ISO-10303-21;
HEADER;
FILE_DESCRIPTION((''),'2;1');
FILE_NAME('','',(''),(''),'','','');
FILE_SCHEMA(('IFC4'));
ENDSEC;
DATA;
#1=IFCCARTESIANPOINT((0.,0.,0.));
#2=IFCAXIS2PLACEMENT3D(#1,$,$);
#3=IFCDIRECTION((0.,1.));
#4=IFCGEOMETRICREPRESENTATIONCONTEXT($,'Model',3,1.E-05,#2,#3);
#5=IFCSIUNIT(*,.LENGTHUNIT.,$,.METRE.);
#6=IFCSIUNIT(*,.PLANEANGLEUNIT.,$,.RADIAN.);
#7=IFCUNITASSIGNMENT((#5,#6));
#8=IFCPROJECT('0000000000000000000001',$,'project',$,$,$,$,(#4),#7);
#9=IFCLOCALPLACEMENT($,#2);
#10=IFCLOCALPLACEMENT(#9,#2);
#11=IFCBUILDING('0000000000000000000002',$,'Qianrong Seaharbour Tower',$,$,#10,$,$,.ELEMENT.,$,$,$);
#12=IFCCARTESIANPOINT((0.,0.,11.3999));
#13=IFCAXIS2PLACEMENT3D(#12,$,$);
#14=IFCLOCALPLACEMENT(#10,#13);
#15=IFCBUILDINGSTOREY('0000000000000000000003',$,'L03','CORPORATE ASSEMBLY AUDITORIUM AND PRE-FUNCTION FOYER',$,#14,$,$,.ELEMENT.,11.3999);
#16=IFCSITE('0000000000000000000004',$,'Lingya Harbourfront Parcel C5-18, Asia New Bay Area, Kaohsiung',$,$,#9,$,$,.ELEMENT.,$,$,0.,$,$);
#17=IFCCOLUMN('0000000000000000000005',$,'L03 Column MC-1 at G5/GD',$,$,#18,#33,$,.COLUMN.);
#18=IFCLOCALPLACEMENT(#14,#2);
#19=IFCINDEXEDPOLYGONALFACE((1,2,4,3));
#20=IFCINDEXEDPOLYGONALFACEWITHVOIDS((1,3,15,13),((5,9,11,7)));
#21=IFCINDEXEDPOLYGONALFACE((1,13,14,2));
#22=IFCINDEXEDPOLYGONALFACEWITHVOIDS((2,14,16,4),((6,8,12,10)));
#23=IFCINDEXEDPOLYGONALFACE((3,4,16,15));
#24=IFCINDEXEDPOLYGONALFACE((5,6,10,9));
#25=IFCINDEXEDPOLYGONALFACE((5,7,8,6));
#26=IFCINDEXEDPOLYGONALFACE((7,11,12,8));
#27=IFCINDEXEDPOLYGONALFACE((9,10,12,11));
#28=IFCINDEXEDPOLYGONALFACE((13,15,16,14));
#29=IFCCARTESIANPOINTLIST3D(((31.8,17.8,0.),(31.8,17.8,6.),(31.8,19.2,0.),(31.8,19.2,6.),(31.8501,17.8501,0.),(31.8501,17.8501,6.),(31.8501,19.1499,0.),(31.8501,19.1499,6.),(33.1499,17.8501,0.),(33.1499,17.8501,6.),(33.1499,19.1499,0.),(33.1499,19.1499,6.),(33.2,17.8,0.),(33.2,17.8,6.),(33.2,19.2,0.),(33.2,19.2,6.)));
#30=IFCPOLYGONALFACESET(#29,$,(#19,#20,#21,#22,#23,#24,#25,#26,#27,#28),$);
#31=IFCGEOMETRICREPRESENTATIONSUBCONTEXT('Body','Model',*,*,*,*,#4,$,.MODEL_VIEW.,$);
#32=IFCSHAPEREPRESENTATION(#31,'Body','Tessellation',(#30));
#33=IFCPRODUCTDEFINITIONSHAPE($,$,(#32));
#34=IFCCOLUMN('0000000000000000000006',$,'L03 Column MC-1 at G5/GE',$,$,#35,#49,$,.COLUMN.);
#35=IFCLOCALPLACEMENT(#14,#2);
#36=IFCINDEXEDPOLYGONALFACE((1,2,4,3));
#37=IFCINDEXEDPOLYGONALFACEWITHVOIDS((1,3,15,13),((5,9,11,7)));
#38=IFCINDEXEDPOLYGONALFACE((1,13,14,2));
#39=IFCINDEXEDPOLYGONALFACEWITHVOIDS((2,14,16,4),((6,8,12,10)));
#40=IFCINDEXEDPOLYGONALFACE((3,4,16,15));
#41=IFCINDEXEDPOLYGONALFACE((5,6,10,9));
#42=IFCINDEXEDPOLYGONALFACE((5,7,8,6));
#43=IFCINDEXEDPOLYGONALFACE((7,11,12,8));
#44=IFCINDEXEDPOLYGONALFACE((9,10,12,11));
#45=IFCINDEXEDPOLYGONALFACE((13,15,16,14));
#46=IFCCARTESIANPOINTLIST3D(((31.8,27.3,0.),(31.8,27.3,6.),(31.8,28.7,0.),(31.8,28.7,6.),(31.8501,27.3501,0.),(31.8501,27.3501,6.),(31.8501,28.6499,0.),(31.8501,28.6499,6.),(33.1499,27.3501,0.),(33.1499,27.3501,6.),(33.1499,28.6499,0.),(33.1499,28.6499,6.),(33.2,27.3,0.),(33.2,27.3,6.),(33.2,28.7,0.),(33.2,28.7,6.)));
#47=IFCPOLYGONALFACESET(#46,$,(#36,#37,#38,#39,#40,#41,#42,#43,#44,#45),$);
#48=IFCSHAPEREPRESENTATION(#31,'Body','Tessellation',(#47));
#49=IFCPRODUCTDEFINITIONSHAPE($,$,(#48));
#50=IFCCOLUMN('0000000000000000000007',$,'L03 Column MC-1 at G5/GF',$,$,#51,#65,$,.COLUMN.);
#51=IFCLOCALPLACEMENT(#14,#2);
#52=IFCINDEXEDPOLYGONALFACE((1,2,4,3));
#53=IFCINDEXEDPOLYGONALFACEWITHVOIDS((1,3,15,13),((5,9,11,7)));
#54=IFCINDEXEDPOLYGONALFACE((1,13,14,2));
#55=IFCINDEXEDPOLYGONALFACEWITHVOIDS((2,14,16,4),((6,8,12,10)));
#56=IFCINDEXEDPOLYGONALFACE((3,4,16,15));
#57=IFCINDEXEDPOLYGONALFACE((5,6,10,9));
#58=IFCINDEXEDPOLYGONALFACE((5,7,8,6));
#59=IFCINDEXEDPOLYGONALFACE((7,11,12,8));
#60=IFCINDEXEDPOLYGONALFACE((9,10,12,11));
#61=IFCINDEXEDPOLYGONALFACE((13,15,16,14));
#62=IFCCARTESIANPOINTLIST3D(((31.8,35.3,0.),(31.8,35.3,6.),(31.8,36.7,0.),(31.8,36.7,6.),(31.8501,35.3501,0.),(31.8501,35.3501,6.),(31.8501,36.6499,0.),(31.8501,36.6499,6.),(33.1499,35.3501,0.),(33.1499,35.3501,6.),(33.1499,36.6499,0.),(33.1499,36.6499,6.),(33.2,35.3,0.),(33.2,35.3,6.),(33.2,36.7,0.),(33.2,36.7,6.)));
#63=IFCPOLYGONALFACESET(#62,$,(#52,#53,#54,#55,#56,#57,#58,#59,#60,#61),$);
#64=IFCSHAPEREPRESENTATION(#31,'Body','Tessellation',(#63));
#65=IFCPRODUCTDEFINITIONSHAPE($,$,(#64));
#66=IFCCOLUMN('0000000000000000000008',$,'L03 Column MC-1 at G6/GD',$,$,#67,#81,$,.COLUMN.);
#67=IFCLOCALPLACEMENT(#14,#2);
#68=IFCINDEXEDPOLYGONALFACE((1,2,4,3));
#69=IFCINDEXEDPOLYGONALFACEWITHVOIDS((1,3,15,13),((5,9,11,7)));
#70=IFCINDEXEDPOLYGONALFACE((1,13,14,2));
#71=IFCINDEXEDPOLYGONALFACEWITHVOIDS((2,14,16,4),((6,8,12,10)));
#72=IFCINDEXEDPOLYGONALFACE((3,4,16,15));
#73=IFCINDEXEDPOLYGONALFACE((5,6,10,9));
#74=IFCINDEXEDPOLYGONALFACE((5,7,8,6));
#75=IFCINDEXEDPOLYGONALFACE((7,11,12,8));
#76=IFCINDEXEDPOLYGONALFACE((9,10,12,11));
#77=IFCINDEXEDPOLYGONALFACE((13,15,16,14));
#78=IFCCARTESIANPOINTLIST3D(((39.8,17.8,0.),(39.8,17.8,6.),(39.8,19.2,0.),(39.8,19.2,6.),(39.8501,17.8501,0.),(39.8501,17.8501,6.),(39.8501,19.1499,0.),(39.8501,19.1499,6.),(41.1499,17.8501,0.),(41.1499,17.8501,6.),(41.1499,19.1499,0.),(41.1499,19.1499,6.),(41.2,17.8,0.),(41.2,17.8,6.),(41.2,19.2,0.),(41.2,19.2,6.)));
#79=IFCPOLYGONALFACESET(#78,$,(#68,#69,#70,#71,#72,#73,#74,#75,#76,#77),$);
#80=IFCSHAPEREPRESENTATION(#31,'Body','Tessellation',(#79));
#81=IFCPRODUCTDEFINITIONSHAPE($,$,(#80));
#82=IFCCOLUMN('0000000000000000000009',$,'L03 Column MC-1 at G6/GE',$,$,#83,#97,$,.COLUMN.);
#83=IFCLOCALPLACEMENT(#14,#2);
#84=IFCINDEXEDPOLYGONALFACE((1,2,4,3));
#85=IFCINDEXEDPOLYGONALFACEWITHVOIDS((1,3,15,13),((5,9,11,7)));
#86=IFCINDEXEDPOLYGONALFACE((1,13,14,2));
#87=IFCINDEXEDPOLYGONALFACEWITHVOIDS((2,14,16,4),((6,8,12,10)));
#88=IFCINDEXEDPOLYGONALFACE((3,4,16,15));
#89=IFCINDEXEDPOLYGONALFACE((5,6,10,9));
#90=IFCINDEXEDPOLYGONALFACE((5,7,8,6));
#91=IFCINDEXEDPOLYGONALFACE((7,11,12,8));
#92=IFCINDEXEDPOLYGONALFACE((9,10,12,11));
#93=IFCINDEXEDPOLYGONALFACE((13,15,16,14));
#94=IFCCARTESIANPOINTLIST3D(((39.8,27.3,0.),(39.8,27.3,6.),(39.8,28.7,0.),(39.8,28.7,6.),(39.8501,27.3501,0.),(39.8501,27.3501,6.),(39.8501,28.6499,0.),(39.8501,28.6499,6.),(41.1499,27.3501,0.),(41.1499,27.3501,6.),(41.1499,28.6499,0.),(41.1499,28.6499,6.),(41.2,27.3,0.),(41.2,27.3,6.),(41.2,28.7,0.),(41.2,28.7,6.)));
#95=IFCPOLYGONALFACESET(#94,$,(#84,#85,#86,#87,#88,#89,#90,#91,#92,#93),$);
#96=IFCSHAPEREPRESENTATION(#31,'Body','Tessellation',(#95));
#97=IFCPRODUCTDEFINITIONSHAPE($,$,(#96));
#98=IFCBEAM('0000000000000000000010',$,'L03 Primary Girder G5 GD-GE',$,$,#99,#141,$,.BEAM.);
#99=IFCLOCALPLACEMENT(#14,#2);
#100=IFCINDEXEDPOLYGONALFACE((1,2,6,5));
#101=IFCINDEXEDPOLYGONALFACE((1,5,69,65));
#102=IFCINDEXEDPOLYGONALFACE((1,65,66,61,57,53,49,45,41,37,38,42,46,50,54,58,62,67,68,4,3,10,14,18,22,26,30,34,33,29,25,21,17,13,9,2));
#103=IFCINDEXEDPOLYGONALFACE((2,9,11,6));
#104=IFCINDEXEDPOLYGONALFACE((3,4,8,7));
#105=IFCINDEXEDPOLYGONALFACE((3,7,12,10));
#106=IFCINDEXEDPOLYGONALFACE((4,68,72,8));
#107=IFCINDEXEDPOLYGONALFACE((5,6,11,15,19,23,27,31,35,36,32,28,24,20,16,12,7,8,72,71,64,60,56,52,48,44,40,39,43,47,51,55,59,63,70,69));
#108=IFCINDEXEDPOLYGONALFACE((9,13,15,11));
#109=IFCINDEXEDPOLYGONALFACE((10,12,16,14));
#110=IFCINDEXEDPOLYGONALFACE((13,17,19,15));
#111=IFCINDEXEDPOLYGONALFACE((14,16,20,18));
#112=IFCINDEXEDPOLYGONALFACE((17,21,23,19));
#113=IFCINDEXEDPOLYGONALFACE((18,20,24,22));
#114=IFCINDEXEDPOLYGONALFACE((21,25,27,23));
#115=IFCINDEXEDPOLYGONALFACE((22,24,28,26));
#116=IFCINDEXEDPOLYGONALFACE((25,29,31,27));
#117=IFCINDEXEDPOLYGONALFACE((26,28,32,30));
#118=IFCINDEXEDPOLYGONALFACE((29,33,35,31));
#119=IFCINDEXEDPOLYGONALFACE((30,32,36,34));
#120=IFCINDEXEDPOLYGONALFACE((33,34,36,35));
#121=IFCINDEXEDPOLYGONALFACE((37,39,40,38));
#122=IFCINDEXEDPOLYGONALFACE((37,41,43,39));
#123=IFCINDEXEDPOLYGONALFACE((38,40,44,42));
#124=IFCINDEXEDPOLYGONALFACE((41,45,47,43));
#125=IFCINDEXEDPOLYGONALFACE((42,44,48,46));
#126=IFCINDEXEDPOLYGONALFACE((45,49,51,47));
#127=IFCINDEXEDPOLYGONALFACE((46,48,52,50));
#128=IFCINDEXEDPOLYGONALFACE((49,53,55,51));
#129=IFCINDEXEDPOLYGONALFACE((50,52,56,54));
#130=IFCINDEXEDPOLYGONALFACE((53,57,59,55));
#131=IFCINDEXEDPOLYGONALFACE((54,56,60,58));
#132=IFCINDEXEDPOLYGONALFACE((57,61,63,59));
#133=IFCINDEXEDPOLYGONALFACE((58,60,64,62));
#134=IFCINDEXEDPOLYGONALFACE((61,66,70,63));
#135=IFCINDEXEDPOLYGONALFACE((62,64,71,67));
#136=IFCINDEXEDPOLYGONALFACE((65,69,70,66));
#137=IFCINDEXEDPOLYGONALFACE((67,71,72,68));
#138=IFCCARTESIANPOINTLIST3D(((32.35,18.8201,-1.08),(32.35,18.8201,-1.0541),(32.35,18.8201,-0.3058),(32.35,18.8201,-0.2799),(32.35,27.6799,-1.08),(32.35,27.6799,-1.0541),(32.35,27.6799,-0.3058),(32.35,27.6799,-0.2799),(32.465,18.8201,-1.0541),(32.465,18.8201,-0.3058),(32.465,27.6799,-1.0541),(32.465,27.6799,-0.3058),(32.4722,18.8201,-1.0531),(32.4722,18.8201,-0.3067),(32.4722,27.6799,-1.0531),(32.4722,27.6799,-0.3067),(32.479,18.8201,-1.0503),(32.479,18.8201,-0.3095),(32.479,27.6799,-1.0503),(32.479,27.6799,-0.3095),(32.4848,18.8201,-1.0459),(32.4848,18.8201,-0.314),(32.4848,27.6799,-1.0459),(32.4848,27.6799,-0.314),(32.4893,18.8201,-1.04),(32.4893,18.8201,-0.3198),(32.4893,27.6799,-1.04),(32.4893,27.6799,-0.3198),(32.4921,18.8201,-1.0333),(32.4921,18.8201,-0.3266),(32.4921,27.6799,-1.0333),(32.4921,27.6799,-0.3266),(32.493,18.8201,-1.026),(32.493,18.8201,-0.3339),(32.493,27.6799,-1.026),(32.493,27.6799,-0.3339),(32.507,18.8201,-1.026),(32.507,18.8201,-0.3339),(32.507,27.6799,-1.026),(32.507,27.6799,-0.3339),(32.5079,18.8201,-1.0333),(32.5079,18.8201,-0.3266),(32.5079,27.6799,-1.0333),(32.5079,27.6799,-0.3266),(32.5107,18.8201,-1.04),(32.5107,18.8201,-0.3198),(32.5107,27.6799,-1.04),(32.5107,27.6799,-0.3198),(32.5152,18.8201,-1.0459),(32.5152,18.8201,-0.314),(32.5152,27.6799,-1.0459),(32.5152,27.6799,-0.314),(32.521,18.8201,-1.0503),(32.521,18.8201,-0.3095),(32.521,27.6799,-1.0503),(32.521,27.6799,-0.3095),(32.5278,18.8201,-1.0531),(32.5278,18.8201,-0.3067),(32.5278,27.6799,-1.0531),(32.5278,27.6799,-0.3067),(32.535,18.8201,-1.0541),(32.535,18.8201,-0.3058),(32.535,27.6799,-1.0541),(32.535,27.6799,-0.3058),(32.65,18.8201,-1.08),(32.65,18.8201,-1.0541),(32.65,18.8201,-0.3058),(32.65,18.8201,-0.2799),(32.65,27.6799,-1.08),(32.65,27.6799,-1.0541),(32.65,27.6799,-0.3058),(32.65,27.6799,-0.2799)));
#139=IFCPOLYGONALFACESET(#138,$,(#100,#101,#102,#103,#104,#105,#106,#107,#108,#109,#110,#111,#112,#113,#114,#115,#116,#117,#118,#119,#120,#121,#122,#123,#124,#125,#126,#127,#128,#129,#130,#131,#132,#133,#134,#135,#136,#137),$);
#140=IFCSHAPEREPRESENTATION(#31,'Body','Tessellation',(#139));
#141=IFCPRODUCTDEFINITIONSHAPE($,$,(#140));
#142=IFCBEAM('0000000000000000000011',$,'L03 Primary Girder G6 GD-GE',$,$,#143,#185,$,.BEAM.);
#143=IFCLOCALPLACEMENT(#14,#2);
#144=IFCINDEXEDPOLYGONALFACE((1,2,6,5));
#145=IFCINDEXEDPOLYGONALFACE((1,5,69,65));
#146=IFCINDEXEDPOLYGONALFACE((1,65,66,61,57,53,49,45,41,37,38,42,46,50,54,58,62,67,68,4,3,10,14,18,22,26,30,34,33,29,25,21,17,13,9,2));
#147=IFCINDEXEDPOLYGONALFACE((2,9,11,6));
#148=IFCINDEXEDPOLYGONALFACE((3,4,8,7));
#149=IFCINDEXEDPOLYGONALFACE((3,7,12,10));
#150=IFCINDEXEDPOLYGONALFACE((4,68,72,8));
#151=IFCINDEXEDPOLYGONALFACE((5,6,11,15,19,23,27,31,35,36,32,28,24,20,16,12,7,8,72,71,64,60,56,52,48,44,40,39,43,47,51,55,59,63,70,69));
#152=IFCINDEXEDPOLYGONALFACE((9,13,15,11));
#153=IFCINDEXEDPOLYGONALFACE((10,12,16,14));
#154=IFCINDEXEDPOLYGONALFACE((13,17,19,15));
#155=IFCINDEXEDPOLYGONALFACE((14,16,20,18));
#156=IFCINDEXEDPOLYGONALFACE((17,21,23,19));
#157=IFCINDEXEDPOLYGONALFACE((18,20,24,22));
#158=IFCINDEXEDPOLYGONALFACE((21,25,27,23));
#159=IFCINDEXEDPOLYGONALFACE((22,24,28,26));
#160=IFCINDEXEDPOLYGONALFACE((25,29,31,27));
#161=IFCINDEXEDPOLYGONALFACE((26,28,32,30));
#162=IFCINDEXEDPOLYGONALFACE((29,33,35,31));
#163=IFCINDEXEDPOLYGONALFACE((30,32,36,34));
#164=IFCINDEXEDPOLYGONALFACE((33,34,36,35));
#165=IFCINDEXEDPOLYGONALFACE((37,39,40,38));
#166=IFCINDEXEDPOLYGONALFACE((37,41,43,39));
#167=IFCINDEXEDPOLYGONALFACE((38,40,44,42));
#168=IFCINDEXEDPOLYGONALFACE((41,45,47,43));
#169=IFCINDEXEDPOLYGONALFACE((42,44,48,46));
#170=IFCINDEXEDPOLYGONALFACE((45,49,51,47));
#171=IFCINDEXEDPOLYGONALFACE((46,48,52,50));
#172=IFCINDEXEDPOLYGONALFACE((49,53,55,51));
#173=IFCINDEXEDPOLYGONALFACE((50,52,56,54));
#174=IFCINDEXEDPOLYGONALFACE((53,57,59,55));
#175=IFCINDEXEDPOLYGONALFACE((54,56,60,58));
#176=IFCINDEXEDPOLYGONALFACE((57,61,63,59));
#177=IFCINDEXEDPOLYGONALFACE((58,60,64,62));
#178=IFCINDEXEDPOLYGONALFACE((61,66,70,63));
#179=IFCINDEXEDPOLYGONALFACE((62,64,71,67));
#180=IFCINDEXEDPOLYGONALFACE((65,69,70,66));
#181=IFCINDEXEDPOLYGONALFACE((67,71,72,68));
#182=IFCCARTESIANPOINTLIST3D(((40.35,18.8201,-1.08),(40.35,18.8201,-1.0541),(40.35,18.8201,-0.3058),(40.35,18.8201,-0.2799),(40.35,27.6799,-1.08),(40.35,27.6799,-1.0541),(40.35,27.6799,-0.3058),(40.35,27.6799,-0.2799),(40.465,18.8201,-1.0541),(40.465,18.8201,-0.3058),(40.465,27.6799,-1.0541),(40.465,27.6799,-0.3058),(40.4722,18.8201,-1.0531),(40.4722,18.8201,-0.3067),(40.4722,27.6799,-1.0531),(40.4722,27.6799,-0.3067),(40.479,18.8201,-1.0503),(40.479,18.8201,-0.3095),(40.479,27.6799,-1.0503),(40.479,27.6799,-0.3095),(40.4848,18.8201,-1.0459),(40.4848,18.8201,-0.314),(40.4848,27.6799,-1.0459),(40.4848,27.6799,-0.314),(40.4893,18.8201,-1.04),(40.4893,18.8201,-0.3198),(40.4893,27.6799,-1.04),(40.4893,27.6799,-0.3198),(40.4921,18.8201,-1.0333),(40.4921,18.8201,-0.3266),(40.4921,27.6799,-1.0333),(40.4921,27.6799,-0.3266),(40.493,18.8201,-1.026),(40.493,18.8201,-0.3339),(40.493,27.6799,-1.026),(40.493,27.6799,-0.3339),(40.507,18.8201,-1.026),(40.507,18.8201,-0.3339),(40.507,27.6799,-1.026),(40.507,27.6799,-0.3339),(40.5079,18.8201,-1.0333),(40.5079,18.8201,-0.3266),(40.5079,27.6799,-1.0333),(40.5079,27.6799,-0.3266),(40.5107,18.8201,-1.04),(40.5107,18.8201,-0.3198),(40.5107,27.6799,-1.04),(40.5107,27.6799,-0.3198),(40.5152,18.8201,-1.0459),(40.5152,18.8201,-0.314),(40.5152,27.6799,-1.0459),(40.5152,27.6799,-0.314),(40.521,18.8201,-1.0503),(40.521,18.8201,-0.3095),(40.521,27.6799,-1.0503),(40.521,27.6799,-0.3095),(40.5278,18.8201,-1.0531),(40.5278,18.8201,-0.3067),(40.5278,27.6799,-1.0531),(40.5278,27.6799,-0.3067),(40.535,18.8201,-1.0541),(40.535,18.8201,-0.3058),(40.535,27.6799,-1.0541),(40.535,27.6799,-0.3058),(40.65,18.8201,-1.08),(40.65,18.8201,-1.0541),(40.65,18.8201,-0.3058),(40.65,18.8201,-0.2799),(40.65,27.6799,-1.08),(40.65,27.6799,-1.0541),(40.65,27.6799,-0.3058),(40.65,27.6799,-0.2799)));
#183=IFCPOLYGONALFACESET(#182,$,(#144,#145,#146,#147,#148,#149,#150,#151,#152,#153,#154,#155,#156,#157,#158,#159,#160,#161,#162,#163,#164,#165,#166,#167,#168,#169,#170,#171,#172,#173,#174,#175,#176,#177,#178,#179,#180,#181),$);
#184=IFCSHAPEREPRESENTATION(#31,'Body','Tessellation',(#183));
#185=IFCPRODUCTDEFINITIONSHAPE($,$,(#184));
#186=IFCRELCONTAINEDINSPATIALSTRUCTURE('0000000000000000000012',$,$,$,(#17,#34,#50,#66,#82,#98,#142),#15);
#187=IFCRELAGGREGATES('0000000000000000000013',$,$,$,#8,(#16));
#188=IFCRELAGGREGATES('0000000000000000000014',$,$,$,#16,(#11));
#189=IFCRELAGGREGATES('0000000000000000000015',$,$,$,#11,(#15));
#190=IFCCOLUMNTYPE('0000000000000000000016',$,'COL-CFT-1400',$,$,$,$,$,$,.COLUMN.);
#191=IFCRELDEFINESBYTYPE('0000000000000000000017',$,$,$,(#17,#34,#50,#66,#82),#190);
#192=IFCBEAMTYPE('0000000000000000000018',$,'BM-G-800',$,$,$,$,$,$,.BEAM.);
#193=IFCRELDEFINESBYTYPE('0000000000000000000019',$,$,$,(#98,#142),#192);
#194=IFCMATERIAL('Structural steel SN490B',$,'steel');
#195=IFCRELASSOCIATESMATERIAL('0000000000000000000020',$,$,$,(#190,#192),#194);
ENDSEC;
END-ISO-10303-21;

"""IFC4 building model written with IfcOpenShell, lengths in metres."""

from ifc_helpers import new_model, si_unit, direction, frame, origin, origin_2d, place, context, subcontext, project, spatial, hollow_rectangle, i_section, extrude, material, material_profile, profile_set, type_object, element, save


model = new_model("IFC4")

# Units and contexts
model_context = context("Model", 3, precision=1e-05, world=origin(), true_north=direction((0.0, 1.0)))
body_context = subcontext(model_context, "Body", "Model", "MODEL_VIEW")
ifc_project = project(units=[si_unit("LENGTHUNIT", "METRE"), si_unit("PLANEANGLEUNIT", "RADIAN")], contexts=[model_context])

# Site, building, storey
site_placement = place(None, origin())
site = spatial("IfcSite", under=ifc_project, at=site_placement, Name="Lingya Harbourfront Parcel C5-18, Asia New Bay Area, Kaohsiung", CompositionType="ELEMENT", RefElevation=0.0)
building_placement = place(site_placement, origin())
building = spatial("IfcBuilding", under=site, at=building_placement, Name="Qianrong Seaharbour Tower", CompositionType="ELEMENT")
storey_placement = place(building_placement, frame((0.0, 0.0, 11.3999)))
storey = spatial("IfcBuildingStorey", under=building, at=storey_placement, Name="L03", Description="CORPORATE ASSEMBLY AUDITORIUM AND PRE-FUNCTION FOYER", CompositionType="ELEMENT", Elevation=11.3999)

# Columns
ifc_material_1 = material(Name="Structural steel SN490B", Category="steel")
ifc_material_profile_1 = material_profile(ifc_material_1, hollow_rectangle(XDim=1.3999, YDim=1.3999, WallThickness=0.05, at=origin_2d()), Name="BOX1400x1400x50")
ifc_profile_set_1 = profile_set([ifc_material_profile_1], Name="Structural steel SN490B")
column_type = type_object("IfcColumnType", Name="COL-CFT-1400", PredefinedType="COLUMN", material=ifc_profile_set_1)
for number, where, z_axis, x_axis, name in (
    (1, (32.5, 18.5, 0.0), (0.0, 0.0, 1.0), (1.0, 0.0, 0.0), "L03 Column MC-1 at G5/GD"),
    (2, (32.5, 28.0, 0.0), (0.0, 0.0, 1.0), (1.0, 0.0, 0.0), "L03 Column MC-1 at G5/GE"),
    (3, (32.5, 36.0, 0.0), (0.0, 0.0, 1.0), (1.0, 0.0, 0.0), "L03 Column MC-1 at G5/GF"),
    (4, (40.5, 18.5, 0.0), (0.0, 0.0, 1.0), (1.0, 0.0, 0.0), "L03 Column MC-1 at G6/GD"),
    (5, (40.5, 28.0, 0.0), (0.0, 0.0, 1.0), (1.0, 0.0, 0.0), "L03 Column MC-1 at G6/GE"),
):
    element("IfcColumn", number, at=place(storey_placement, frame(where, z_axis=z_axis, x_axis=x_axis)), inside=storey, type_object=column_type, Name=name, PredefinedType="COLUMN", context=body_context, shape_type="SweptSolid", body=[
        extrude(hollow_rectangle(XDim=1.3999, YDim=1.3999, WallThickness=0.05, at=origin_2d()), origin(), (0.0, 0.0, 1.0), 6.0),
    ])

# Beams
ifc_material_profile_2 = material_profile(ifc_material_1, i_section(OverallWidth=0.3, OverallDepth=0.8, WebThickness=0.0139, FlangeThickness=0.0259, FilletRadius=0.0281, at=origin_2d()), Name="H800x300x14x26")
ifc_profile_set_2 = profile_set([ifc_material_profile_2], Name="Structural steel SN490B")
beam_type_1 = type_object("IfcBeamType", Name="BM-G-800", PredefinedType="BEAM", material=ifc_profile_set_2)
for number, where, z_axis, x_axis, name in (
    (6, (32.5, 18.8201, -0.6799), (0.0, 1.0, 0.0), (-1.0, 0.0, 0.0), "L03 Primary Girder G5 GD-GE"),
    (7, (40.5, 18.8201, -0.6799), (0.0, 1.0, 0.0), (-1.0, 0.0, 0.0), "L03 Primary Girder G6 GD-GE"),
):
    element("IfcBeam", number, at=place(storey_placement, frame(where, z_axis=z_axis, x_axis=x_axis)), inside=storey, type_object=beam_type_1, Name=name, PredefinedType="BEAM", context=body_context, shape_type="SweptSolid", body=[
        extrude(i_section(OverallWidth=0.3, OverallDepth=0.8, WebThickness=0.0139, FlangeThickness=0.0259, FilletRadius=0.0281, at=origin_2d()), origin(), (0.0, 0.0, 1.0), 8.8599),
    ])

save(model, "model.ifc")
